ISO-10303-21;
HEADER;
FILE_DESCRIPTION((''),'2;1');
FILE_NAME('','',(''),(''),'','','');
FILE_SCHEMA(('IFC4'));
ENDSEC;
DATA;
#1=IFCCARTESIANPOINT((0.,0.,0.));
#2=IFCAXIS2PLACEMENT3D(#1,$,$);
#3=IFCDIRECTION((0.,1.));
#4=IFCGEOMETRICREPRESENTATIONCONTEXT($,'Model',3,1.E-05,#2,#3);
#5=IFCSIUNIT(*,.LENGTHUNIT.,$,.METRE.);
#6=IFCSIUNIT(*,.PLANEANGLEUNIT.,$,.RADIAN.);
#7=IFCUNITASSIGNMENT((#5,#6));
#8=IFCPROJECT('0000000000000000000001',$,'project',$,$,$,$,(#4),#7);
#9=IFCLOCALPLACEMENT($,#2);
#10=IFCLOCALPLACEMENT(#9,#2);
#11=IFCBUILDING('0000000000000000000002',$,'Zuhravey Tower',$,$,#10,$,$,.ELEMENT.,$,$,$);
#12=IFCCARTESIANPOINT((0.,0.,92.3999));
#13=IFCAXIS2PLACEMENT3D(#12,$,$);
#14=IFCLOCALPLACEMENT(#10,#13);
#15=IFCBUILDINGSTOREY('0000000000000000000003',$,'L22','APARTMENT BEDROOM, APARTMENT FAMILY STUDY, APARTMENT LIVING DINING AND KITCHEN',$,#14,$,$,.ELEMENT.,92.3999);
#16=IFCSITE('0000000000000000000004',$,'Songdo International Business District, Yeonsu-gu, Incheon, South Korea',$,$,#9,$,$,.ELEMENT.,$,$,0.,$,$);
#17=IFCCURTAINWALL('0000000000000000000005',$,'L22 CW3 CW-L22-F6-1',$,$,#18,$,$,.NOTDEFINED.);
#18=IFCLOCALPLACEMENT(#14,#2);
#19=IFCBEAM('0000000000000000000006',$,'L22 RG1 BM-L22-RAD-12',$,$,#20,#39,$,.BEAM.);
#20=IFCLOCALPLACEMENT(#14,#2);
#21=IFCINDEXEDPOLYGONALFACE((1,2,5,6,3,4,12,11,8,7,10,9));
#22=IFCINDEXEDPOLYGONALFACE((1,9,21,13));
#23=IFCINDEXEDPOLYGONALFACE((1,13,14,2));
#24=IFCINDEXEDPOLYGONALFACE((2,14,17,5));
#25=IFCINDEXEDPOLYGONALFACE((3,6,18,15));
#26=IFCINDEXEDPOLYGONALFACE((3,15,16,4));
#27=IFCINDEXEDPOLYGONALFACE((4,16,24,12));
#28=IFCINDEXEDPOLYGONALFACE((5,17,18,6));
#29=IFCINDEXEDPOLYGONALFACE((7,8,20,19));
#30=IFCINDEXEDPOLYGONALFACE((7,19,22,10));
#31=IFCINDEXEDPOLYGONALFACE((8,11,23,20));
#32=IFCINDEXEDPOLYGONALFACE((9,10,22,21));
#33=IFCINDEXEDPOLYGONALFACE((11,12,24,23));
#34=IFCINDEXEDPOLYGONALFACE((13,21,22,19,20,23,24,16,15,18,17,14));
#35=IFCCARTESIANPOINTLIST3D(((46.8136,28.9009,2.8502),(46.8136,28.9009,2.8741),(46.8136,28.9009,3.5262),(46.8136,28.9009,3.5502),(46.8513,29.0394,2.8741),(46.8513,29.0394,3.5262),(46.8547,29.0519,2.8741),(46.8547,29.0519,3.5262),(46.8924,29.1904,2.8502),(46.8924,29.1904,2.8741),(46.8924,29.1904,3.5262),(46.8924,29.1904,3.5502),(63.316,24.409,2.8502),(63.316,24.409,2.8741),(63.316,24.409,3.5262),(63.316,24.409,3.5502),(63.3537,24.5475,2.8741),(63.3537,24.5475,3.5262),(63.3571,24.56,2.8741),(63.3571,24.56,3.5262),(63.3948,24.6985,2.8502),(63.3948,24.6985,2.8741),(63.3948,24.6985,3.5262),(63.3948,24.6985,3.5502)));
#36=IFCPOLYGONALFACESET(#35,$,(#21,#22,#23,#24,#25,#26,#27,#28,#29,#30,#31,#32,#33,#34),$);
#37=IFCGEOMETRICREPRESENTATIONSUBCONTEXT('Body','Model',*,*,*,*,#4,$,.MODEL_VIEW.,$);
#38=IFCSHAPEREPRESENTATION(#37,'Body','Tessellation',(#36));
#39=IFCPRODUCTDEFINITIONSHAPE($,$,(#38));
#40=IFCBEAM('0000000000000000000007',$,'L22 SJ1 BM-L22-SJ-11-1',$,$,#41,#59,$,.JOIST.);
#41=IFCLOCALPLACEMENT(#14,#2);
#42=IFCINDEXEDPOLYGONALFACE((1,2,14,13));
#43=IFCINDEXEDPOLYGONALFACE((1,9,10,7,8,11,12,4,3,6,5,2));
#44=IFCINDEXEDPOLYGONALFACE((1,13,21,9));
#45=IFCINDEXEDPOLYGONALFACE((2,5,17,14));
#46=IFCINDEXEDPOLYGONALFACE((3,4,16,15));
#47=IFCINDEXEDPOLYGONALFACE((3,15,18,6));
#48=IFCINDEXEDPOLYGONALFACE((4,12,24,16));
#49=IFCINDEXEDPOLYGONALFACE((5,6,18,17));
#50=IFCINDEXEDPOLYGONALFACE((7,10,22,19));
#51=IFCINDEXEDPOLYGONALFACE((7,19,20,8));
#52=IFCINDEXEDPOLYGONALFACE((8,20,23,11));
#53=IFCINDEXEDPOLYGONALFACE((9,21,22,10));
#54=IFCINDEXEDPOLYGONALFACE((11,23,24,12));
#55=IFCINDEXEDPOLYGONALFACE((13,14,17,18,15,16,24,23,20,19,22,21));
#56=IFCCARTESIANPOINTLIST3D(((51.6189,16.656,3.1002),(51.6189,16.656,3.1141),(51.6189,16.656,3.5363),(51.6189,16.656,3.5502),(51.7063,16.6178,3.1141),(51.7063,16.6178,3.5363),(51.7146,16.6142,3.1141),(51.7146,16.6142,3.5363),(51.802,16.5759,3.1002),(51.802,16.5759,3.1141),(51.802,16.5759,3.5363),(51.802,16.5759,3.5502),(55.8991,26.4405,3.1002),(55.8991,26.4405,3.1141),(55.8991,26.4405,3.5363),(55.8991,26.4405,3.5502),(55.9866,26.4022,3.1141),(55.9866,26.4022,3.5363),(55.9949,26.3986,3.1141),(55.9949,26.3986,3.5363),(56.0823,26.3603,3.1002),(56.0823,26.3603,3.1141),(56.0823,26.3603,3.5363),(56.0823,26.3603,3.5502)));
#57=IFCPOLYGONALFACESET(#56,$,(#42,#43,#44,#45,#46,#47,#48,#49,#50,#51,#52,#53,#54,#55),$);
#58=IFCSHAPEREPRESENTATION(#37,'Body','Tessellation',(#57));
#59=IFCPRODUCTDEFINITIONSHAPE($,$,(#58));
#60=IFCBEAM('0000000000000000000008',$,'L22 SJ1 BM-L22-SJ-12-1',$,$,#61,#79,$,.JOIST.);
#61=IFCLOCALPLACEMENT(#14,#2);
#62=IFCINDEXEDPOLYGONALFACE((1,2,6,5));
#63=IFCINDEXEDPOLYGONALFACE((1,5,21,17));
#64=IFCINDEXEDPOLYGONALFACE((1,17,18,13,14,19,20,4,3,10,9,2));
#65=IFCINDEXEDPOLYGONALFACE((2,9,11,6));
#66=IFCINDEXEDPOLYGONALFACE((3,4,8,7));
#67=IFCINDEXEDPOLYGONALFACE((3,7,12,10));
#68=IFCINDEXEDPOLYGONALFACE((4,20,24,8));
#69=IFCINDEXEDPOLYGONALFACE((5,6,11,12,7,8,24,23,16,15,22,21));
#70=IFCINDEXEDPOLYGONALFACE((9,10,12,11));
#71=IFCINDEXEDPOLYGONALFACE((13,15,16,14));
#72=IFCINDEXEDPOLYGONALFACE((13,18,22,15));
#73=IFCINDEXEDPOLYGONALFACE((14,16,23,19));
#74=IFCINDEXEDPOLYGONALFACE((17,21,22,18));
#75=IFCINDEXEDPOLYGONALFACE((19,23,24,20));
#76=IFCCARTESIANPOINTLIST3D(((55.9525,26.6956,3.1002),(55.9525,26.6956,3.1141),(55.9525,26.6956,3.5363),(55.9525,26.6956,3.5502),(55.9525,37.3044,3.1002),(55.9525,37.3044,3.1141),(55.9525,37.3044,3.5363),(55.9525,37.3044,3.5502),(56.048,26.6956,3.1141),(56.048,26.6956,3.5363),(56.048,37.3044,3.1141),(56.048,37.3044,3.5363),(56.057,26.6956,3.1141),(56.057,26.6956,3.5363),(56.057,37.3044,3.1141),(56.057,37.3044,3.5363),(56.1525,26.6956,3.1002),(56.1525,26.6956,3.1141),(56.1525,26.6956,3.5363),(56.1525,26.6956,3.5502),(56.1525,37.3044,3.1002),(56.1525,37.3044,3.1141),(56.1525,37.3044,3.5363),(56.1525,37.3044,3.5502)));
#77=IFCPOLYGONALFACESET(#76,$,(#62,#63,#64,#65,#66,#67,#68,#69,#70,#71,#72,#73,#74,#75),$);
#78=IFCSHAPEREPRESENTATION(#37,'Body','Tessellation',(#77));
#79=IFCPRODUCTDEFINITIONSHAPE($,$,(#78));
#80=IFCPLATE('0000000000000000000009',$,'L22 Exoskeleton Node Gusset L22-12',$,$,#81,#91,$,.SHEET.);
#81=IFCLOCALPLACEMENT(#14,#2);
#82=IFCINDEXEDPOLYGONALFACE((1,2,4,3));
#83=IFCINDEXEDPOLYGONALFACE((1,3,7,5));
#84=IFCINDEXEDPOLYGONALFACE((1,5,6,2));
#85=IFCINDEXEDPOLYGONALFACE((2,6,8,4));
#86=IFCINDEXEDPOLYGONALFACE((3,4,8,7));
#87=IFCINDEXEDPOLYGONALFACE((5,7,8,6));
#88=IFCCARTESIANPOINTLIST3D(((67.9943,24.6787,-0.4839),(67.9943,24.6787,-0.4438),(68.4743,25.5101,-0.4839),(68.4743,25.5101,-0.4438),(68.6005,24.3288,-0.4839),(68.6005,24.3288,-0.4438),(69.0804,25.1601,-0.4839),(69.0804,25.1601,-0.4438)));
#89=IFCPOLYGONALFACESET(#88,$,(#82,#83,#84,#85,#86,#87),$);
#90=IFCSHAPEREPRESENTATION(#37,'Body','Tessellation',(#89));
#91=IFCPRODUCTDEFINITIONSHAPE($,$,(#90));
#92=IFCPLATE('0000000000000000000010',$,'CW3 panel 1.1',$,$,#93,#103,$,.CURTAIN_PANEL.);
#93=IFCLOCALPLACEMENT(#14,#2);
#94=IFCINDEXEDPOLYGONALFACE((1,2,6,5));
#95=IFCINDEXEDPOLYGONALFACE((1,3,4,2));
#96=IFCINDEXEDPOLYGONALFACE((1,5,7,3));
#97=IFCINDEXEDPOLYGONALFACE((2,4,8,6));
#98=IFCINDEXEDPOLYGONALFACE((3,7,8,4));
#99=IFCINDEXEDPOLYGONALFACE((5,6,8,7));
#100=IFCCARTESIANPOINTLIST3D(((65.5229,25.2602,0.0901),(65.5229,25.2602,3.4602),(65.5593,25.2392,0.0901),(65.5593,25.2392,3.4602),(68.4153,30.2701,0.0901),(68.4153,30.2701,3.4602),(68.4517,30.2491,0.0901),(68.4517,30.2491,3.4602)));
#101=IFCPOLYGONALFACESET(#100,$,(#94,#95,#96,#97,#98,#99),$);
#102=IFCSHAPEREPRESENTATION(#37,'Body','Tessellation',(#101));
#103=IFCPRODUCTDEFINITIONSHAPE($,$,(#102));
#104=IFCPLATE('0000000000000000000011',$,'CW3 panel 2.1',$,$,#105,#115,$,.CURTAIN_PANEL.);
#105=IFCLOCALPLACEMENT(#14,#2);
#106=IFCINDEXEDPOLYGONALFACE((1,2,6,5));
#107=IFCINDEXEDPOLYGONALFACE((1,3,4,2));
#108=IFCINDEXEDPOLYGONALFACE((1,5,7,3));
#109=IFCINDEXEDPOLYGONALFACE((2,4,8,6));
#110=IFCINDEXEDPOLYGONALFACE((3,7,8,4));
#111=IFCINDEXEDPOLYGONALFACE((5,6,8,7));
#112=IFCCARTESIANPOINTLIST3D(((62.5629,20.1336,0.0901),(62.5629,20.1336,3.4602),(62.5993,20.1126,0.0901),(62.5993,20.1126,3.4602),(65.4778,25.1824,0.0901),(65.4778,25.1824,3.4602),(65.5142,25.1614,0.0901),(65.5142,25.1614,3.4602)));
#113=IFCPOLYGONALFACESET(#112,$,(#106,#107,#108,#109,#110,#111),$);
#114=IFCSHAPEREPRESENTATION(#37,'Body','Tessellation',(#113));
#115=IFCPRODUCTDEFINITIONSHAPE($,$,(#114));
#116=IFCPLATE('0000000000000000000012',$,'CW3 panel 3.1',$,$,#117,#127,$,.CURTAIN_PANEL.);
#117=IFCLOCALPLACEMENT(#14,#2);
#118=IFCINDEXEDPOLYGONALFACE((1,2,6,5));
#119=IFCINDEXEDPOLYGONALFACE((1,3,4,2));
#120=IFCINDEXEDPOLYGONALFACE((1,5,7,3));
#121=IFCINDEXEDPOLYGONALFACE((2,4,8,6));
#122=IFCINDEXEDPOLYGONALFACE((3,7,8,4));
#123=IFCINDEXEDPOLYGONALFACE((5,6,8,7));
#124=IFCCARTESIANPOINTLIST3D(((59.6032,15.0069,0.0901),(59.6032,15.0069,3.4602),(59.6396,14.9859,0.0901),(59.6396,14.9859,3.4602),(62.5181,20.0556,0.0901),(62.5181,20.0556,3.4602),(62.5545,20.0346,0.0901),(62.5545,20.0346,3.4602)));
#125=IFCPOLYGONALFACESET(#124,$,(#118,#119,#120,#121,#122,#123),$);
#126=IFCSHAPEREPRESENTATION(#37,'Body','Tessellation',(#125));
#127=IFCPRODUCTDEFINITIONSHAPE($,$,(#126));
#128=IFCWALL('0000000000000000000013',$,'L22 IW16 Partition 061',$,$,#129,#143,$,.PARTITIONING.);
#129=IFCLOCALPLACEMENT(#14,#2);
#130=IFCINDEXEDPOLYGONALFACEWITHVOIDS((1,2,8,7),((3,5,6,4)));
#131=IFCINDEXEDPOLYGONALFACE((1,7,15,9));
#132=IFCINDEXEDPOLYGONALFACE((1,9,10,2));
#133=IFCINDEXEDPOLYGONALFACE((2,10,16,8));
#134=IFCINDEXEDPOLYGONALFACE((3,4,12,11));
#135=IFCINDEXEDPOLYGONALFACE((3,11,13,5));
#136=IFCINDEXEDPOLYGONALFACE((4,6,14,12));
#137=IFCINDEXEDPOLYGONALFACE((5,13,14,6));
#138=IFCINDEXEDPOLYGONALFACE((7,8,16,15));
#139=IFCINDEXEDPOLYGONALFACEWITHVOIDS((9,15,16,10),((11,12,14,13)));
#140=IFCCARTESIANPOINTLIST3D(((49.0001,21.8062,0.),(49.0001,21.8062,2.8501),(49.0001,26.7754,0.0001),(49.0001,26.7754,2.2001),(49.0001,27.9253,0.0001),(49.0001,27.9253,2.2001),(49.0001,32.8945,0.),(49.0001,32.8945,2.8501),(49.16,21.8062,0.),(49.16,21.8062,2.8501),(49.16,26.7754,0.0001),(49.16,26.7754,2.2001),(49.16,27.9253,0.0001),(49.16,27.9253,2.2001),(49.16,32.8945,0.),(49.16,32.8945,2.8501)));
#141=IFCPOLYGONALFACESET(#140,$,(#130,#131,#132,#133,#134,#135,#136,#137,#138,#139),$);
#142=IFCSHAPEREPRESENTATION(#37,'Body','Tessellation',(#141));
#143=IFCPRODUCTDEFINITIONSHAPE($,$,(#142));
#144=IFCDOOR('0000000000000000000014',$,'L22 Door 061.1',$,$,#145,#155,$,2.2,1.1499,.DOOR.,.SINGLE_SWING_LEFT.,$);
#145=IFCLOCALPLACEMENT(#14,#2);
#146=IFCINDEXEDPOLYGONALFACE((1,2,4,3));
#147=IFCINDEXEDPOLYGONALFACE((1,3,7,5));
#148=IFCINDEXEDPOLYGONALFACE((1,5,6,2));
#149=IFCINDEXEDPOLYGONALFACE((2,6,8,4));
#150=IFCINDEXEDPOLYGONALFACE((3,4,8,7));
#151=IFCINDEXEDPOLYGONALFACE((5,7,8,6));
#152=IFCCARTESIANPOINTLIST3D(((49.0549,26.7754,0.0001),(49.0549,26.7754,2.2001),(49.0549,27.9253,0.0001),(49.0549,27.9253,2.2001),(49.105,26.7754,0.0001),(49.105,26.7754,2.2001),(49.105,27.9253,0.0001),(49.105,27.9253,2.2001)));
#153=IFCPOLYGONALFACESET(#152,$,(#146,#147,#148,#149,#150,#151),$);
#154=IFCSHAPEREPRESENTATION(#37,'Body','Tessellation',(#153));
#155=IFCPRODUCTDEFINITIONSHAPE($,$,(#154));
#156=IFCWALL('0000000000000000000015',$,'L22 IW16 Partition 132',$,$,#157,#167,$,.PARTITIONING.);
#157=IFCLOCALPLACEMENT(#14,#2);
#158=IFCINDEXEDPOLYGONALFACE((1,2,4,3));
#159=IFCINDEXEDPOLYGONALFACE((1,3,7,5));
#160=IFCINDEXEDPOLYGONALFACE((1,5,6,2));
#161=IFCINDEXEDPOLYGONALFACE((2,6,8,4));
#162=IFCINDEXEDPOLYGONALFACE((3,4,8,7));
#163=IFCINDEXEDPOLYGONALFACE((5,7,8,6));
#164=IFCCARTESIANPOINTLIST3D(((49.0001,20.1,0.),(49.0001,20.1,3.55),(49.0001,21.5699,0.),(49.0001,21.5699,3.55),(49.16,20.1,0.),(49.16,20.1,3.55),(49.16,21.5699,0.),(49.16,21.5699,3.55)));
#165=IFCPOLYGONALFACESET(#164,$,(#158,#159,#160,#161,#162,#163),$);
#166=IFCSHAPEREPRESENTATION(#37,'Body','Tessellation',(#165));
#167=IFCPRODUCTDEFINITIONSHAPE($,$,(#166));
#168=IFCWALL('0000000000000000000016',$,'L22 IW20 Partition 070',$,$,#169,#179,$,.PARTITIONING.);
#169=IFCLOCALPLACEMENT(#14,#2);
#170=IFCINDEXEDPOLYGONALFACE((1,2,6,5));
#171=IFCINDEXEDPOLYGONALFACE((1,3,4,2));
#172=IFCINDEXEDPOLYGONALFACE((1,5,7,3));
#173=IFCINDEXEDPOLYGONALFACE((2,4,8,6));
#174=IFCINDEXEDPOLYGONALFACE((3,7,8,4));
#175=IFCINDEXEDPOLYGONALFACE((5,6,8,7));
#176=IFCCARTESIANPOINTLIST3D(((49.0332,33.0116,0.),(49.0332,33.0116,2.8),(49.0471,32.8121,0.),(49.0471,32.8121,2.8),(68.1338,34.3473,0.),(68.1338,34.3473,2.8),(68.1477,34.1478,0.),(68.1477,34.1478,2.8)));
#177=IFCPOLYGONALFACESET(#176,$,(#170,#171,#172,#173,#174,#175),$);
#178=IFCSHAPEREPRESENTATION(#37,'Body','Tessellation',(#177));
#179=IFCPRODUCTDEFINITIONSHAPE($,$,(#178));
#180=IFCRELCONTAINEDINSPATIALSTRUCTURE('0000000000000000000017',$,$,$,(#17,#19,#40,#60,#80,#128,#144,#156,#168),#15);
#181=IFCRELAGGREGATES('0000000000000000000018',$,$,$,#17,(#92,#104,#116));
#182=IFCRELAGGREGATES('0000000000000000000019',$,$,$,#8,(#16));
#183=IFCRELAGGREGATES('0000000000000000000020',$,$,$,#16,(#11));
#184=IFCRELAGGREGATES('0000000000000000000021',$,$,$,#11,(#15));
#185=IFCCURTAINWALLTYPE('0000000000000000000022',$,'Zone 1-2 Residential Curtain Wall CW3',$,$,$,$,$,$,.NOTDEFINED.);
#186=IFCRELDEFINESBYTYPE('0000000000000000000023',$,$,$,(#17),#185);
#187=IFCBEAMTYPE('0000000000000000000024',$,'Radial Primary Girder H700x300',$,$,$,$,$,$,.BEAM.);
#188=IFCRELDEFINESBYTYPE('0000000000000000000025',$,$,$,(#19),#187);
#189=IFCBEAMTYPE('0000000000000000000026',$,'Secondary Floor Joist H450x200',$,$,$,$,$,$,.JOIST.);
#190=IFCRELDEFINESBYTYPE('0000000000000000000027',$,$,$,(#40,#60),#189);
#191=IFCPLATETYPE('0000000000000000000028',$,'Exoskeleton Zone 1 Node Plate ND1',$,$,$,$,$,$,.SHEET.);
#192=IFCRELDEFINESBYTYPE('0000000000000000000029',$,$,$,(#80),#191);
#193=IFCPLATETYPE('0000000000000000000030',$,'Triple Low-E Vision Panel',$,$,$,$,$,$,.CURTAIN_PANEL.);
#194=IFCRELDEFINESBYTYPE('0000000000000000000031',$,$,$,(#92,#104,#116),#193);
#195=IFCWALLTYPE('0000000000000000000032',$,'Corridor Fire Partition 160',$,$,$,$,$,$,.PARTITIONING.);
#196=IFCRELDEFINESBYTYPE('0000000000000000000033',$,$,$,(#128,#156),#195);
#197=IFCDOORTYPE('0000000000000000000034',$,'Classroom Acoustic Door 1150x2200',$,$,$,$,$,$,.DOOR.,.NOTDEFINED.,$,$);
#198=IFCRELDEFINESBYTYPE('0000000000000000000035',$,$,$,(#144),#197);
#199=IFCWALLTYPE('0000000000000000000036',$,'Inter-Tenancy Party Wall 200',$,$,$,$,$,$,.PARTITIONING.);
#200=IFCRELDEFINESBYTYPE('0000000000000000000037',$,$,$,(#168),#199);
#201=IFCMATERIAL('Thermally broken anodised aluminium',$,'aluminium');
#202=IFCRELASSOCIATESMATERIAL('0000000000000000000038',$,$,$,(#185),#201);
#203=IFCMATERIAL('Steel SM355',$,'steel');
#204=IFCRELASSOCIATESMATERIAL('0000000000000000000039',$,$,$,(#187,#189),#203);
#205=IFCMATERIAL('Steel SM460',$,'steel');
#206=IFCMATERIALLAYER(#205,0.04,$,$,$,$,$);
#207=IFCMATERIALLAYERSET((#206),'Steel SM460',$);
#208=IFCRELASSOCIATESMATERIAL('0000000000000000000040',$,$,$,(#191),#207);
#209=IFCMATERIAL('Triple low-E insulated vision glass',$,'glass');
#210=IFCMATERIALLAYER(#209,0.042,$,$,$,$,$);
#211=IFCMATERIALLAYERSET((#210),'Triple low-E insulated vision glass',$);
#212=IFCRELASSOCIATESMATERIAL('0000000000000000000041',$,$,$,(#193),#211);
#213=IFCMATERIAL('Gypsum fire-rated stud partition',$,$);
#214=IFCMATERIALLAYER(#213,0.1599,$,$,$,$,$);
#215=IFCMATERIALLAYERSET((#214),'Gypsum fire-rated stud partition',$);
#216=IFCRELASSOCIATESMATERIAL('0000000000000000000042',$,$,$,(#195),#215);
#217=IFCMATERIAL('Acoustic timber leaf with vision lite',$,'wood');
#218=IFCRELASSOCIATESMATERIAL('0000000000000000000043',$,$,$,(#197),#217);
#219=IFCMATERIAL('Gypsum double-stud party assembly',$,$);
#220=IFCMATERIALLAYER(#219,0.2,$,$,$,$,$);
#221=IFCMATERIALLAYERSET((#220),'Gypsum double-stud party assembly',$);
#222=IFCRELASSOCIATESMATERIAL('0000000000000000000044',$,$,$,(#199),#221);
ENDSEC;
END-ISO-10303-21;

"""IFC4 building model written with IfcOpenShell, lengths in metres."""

from ifc_helpers import new_model, si_unit, direction, frame, frame_2d, origin, origin_2d, place, context, subcontext, project, spatial, rectangle, i_section, extrude, material, layer, layer_set, material_profile, profile_set, type_object, element, fill, aggregate, save


model = new_model("IFC4")

# Units and contexts
model_context = context("Model", 3, precision=1e-05, world=origin(), true_north=direction((0.0, 1.0)))
body_context = subcontext(model_context, "Body", "Model", "MODEL_VIEW")
ifc_project = project(units=[si_unit("LENGTHUNIT", "METRE"), si_unit("PLANEANGLEUNIT", "RADIAN")], contexts=[model_context])

# Site, building, storey
site_placement = place(None, origin())
site = spatial("IfcSite", under=ifc_project, at=site_placement, Name="Songdo International Business District, Yeonsu-gu, Incheon, South Korea", CompositionType="ELEMENT", RefElevation=0.0)
building_placement = place(site_placement, origin())
building = spatial("IfcBuilding", under=site, at=building_placement, Name="Zuhravey Tower", CompositionType="ELEMENT")
storey_placement = place(building_placement, frame((0.0, 0.0, 92.3999)))
storey = spatial("IfcBuildingStorey", under=building, at=storey_placement, Name="L22", Description="APARTMENT BEDROOM, APARTMENT FAMILY STUDY, APARTMENT LIVING DINING AND KITCHEN", CompositionType="ELEMENT", Elevation=92.3999)

# Curtain wall
ifc_material_1 = material(Name="Thermally broken anodised aluminium", Category="aluminium")
curtain_wall_type = type_object("IfcCurtainWallType", Name="Zone 1-2 Residential Curtain Wall CW3", PredefinedType="NOTDEFINED", material=ifc_material_1)
curtain_wall_1_placement = place(storey_placement, origin())
curtain_wall_1 = element("IfcCurtainWall", 1, at=curtain_wall_1_placement, inside=storey, type_object=curtain_wall_type, Name="L22 CW3 CW-L22-F6-1", PredefinedType="NOTDEFINED")

# Shared definitions
ifc_material_2 = material(Name="Steel SM460", Category="steel")

# Beams
ifc_material_3 = material(Name="Steel SM355", Category="steel")
ifc_material_profile_1 = material_profile(ifc_material_3, i_section(OverallWidth=0.3, OverallDepth=0.7, WebThickness=0.0129, FlangeThickness=0.0239, at=origin_2d()), Name="H-700x300x13x24")
ifc_profile_set_1 = profile_set([ifc_material_profile_1], Name="Steel SM355")
beam_type_1 = type_object("IfcBeamType", Name="Radial Primary Girder H700x300", PredefinedType="BEAM", material=ifc_profile_set_1)
beam_1_placement = place(storey_placement, frame((46.853, 29.0457, 3.2002), z_axis=(0.964893, -0.262643, 0.0), x_axis=(0.262643, 0.964893, 0.0)))
element("IfcBeam", 2, at=beam_1_placement, inside=storey, type_object=beam_type_1, Name="L22 RG1 BM-L22-RAD-12", PredefinedType="BEAM", context=body_context, shape_type="SweptSolid", body=[
    extrude(i_section(OverallWidth=0.3, OverallDepth=0.7, WebThickness=0.0129, FlangeThickness=0.0239, at=origin_2d()), origin(), (0.0, 0.0, 1.0), 17.1028),
])
ifc_material_profile_2 = material_profile(ifc_material_3, i_section(OverallWidth=0.2, OverallDepth=0.45, WebThickness=0.009, FlangeThickness=0.0139, at=origin_2d()), Name="H-450x200x9x14")
ifc_profile_set_2 = profile_set([ifc_material_profile_2], Name="Steel SM355")
beam_type_2 = type_object("IfcBeamType", Name="Secondary Floor Joist H450x200", PredefinedType="JOIST", material=ifc_profile_set_2)
beam_2_placement = place(storey_placement, frame((51.7104, 16.616, 3.3252), z_axis=(0.400786, 0.916172, 0.0), x_axis=(-0.916172, 0.400786, 0.0)))
element("IfcBeam", 3, at=beam_2_placement, inside=storey, type_object=beam_type_2, Name="L22 SJ1 BM-L22-SJ-11-1", PredefinedType="JOIST", context=body_context, shape_type="SweptSolid", body=[
    extrude(i_section(OverallWidth=0.2, OverallDepth=0.45, WebThickness=0.009, FlangeThickness=0.0139, at=origin_2d()), origin(), (0.0, 0.0, 1.0), 10.6797),
])
beam_3_placement = place(storey_placement, frame((56.0525, 26.6956, 3.3252), z_axis=(0.0, 1.0, 0.0), x_axis=(-1.0, 0.0, 0.0)))
element("IfcBeam", 4, at=beam_3_placement, inside=storey, type_object=beam_type_2, Name="L22 SJ1 BM-L22-SJ-12-1", PredefinedType="JOIST", context=body_context, shape_type="SweptSolid", body=[
    extrude(i_section(OverallWidth=0.2, OverallDepth=0.45, WebThickness=0.009, FlangeThickness=0.0139, at=origin_2d()), origin(), (0.0, 0.0, 1.0), 10.6089),
])

# Plates
ifc_layer_1 = layer(ifc_material_2, 0.04)
ifc_layer_set_1 = layer_set([ifc_layer_1], Name="Steel SM460")
plate_type_1 = type_object("IfcPlateType", Name="Exoskeleton Zone 1 Node Plate ND1", PredefinedType="SHEET", material=ifc_layer_set_1)
plate_1_placement = place(storey_placement, frame((68.5374, 24.9194, -0.4839), z_axis=(0.0, 0.0, 1.0), x_axis=(0.5, 0.866025, 0.0)))
element("IfcPlate", 5, at=plate_1_placement, inside=storey, type_object=plate_type_1, Name="L22 Exoskeleton Node Gusset L22-12", PredefinedType="SHEET", context=body_context, shape_type="SweptSolid", body=[
    extrude(rectangle(XDim=0.96, YDim=0.7, at=origin_2d()), origin(), (0.0, 0.0, 1.0), 0.04),
])
ifc_material_4 = material(Name="Triple low-E insulated vision glass", Category="glass")
ifc_layer_2 = layer(ifc_material_4, 0.042)
ifc_layer_set_2 = layer_set([ifc_layer_2], Name="Triple low-E insulated vision glass")
plate_type_2 = type_object("IfcPlateType", Name="Triple Low-E Vision Panel", PredefinedType="CURTAIN_PANEL", material=ifc_layer_set_2)
plate_2_placement = place(storey_placement, frame((66.9873, 27.7546, 0.0901), z_axis=(0.0, 0.0, 1.0), x_axis=(-0.5, -0.866026, 0.0)))
plate_2 = element("IfcPlate", 6, at=plate_2_placement, type_object=plate_type_2, Name="CW3 panel 1.1", PredefinedType="CURTAIN_PANEL", context=body_context, shape_type="SweptSolid", body=[
    extrude(rectangle(XDim=5.7849, YDim=0.042, at=origin_2d()), origin(), (0.0, 0.0, 1.0), 3.3701),
])
plate_3_placement = place(storey_placement, frame((64.0386, 22.6475, 0.0901), z_axis=(0.0, 0.0, 1.0), x_axis=(-0.5, -0.866026, 0.0)))
plate_3 = element("IfcPlate", 7, at=plate_3_placement, type_object=plate_type_2, Name="CW3 panel 2.1", PredefinedType="CURTAIN_PANEL", context=body_context, shape_type="SweptSolid", body=[
    extrude(rectangle(XDim=5.8298, YDim=0.042, at=origin_2d()), origin(), (0.0, 0.0, 1.0), 3.3701),
])
plate_4_placement = place(storey_placement, frame((61.0789, 17.5208, 0.0901), z_axis=(0.0, 0.0, 1.0), x_axis=(-0.5, -0.866026, 0.0)))
plate_4 = element("IfcPlate", 8, at=plate_4_placement, type_object=plate_type_2, Name="CW3 panel 3.1", PredefinedType="CURTAIN_PANEL", context=body_context, shape_type="SweptSolid", body=[
    extrude(rectangle(XDim=5.8298, YDim=0.042, at=origin_2d()), origin(), (0.0, 0.0, 1.0), 3.3701),
])
aggregate(curtain_wall_1, [plate_2, plate_3, plate_4])

# Wall, opening, door
ifc_material_5 = material(Name="Gypsum fire-rated stud partition")
ifc_layer_3 = layer(ifc_material_5, 0.1599)
ifc_layer_set_3 = layer_set([ifc_layer_3], Name="Gypsum fire-rated stud partition")
wall_type_1 = type_object("IfcWallType", Name="Corridor Fire Partition 160", PredefinedType="PARTITIONING", material=ifc_layer_set_3)
wall_1_placement = place(storey_placement, frame((49.0801, 21.8062, 0.0), z_axis=(0.0, 0.0, 1.0), x_axis=(0.0, 1.0, 0.0)))
wall_1 = element("IfcWall", 9, at=wall_1_placement, inside=storey, type_object=wall_type_1, Name="L22 IW16 Partition 061", PredefinedType="PARTITIONING", context=body_context, shape_type="SweptSolid", body=[
    extrude(rectangle(XDim=11.0884, YDim=0.1599, at=frame_2d((5.5442, 0.0))), origin(), (0.0, 0.0, 1.0), 2.8501),
])
opening_1_placement = place(wall_1_placement, frame((4.9692, 0.0, 0.0)))
opening_1 = element("IfcOpeningElement", 10, at=opening_1_placement, cuts=wall_1, PredefinedType="OPENING", context=body_context, shape_type="SweptSolid", body=[
    extrude(rectangle(XDim=1.1499, YDim=2.2, at=frame_2d((0.575, 1.1001))), frame((0.0, 0.092, 0.0), z_axis=(0.0, -1.0, 0.0), x_axis=(1.0, 0.0, 0.0)), (0.0, 0.0, 1.0), 0.1838),
])
ifc_material_6 = material(Name="Acoustic timber leaf with vision lite", Category="wood")
door_type_1 = type_object("IfcDoorType", Name="Classroom Acoustic Door 1150x2200", OperationType="NOTDEFINED", PredefinedType="DOOR", material=ifc_material_6)
door_1_placement = place(opening_1_placement, frame((1.1499, 0.0, 0.0), z_axis=(0.0, 0.0, 1.0), x_axis=(-1.0, 0.0, 0.0)))
door_1 = element("IfcDoor", 11, at=door_1_placement, inside=storey, type_object=door_type_1, Name="L22 Door 061.1", OperationType="SINGLE_SWING_LEFT", OverallHeight=2.2, OverallWidth=1.1499, PredefinedType="DOOR", context=body_context, shape_type="SweptSolid", body=[
    extrude(rectangle(XDim=1.1499, YDim=2.2, at=frame_2d((0.575, 1.1001))), frame((0.0, 0.0249, 0.0), z_axis=(0.0, -1.0, 0.0), x_axis=(1.0, 0.0, 0.0)), (0.0, 0.0, 1.0), 0.05),
])
fill(opening_1, door_1)

# Walls
wall_2_placement = place(storey_placement, frame((49.0801, 20.1001, 0.0), z_axis=(0.0, 0.0, 1.0), x_axis=(0.0, 1.0, 0.0)))
element("IfcWall", 12, at=wall_2_placement, inside=storey, type_object=wall_type_1, Name="L22 IW16 Partition 132", PredefinedType="PARTITIONING", context=body_context, shape_type="SweptSolid", body=[
    extrude(rectangle(XDim=1.47, YDim=0.1599, at=frame_2d((0.7349, 0.0))), origin(), (0.0, 0.0, 1.0), 3.55),
])
ifc_material_7 = material(Name="Gypsum double-stud party assembly")
ifc_layer_4 = layer(ifc_material_7, 0.2)
ifc_layer_set_4 = layer_set([ifc_layer_4], Name="Gypsum double-stud party assembly")
wall_type_2 = type_object("IfcWallType", Name="Inter-Tenancy Party Wall 200", PredefinedType="PARTITIONING", material=ifc_layer_set_4)
wall_3_placement = place(storey_placement, frame((49.04, 32.9119, 0.0), z_axis=(0.0, 0.0, 1.0), x_axis=(0.997564, 0.069759, 0.0)))
element("IfcWall", 13, at=wall_3_placement, inside=storey, type_object=wall_type_2, Name="L22 IW20 Partition 070", PredefinedType="PARTITIONING", context=body_context, shape_type="SweptSolid", body=[
    extrude(rectangle(XDim=19.1472, YDim=0.2, at=frame_2d((9.5737, 0.0))), origin(), (0.0, 0.0, 1.0), 2.8),
])

save(model, "model.ifc")
